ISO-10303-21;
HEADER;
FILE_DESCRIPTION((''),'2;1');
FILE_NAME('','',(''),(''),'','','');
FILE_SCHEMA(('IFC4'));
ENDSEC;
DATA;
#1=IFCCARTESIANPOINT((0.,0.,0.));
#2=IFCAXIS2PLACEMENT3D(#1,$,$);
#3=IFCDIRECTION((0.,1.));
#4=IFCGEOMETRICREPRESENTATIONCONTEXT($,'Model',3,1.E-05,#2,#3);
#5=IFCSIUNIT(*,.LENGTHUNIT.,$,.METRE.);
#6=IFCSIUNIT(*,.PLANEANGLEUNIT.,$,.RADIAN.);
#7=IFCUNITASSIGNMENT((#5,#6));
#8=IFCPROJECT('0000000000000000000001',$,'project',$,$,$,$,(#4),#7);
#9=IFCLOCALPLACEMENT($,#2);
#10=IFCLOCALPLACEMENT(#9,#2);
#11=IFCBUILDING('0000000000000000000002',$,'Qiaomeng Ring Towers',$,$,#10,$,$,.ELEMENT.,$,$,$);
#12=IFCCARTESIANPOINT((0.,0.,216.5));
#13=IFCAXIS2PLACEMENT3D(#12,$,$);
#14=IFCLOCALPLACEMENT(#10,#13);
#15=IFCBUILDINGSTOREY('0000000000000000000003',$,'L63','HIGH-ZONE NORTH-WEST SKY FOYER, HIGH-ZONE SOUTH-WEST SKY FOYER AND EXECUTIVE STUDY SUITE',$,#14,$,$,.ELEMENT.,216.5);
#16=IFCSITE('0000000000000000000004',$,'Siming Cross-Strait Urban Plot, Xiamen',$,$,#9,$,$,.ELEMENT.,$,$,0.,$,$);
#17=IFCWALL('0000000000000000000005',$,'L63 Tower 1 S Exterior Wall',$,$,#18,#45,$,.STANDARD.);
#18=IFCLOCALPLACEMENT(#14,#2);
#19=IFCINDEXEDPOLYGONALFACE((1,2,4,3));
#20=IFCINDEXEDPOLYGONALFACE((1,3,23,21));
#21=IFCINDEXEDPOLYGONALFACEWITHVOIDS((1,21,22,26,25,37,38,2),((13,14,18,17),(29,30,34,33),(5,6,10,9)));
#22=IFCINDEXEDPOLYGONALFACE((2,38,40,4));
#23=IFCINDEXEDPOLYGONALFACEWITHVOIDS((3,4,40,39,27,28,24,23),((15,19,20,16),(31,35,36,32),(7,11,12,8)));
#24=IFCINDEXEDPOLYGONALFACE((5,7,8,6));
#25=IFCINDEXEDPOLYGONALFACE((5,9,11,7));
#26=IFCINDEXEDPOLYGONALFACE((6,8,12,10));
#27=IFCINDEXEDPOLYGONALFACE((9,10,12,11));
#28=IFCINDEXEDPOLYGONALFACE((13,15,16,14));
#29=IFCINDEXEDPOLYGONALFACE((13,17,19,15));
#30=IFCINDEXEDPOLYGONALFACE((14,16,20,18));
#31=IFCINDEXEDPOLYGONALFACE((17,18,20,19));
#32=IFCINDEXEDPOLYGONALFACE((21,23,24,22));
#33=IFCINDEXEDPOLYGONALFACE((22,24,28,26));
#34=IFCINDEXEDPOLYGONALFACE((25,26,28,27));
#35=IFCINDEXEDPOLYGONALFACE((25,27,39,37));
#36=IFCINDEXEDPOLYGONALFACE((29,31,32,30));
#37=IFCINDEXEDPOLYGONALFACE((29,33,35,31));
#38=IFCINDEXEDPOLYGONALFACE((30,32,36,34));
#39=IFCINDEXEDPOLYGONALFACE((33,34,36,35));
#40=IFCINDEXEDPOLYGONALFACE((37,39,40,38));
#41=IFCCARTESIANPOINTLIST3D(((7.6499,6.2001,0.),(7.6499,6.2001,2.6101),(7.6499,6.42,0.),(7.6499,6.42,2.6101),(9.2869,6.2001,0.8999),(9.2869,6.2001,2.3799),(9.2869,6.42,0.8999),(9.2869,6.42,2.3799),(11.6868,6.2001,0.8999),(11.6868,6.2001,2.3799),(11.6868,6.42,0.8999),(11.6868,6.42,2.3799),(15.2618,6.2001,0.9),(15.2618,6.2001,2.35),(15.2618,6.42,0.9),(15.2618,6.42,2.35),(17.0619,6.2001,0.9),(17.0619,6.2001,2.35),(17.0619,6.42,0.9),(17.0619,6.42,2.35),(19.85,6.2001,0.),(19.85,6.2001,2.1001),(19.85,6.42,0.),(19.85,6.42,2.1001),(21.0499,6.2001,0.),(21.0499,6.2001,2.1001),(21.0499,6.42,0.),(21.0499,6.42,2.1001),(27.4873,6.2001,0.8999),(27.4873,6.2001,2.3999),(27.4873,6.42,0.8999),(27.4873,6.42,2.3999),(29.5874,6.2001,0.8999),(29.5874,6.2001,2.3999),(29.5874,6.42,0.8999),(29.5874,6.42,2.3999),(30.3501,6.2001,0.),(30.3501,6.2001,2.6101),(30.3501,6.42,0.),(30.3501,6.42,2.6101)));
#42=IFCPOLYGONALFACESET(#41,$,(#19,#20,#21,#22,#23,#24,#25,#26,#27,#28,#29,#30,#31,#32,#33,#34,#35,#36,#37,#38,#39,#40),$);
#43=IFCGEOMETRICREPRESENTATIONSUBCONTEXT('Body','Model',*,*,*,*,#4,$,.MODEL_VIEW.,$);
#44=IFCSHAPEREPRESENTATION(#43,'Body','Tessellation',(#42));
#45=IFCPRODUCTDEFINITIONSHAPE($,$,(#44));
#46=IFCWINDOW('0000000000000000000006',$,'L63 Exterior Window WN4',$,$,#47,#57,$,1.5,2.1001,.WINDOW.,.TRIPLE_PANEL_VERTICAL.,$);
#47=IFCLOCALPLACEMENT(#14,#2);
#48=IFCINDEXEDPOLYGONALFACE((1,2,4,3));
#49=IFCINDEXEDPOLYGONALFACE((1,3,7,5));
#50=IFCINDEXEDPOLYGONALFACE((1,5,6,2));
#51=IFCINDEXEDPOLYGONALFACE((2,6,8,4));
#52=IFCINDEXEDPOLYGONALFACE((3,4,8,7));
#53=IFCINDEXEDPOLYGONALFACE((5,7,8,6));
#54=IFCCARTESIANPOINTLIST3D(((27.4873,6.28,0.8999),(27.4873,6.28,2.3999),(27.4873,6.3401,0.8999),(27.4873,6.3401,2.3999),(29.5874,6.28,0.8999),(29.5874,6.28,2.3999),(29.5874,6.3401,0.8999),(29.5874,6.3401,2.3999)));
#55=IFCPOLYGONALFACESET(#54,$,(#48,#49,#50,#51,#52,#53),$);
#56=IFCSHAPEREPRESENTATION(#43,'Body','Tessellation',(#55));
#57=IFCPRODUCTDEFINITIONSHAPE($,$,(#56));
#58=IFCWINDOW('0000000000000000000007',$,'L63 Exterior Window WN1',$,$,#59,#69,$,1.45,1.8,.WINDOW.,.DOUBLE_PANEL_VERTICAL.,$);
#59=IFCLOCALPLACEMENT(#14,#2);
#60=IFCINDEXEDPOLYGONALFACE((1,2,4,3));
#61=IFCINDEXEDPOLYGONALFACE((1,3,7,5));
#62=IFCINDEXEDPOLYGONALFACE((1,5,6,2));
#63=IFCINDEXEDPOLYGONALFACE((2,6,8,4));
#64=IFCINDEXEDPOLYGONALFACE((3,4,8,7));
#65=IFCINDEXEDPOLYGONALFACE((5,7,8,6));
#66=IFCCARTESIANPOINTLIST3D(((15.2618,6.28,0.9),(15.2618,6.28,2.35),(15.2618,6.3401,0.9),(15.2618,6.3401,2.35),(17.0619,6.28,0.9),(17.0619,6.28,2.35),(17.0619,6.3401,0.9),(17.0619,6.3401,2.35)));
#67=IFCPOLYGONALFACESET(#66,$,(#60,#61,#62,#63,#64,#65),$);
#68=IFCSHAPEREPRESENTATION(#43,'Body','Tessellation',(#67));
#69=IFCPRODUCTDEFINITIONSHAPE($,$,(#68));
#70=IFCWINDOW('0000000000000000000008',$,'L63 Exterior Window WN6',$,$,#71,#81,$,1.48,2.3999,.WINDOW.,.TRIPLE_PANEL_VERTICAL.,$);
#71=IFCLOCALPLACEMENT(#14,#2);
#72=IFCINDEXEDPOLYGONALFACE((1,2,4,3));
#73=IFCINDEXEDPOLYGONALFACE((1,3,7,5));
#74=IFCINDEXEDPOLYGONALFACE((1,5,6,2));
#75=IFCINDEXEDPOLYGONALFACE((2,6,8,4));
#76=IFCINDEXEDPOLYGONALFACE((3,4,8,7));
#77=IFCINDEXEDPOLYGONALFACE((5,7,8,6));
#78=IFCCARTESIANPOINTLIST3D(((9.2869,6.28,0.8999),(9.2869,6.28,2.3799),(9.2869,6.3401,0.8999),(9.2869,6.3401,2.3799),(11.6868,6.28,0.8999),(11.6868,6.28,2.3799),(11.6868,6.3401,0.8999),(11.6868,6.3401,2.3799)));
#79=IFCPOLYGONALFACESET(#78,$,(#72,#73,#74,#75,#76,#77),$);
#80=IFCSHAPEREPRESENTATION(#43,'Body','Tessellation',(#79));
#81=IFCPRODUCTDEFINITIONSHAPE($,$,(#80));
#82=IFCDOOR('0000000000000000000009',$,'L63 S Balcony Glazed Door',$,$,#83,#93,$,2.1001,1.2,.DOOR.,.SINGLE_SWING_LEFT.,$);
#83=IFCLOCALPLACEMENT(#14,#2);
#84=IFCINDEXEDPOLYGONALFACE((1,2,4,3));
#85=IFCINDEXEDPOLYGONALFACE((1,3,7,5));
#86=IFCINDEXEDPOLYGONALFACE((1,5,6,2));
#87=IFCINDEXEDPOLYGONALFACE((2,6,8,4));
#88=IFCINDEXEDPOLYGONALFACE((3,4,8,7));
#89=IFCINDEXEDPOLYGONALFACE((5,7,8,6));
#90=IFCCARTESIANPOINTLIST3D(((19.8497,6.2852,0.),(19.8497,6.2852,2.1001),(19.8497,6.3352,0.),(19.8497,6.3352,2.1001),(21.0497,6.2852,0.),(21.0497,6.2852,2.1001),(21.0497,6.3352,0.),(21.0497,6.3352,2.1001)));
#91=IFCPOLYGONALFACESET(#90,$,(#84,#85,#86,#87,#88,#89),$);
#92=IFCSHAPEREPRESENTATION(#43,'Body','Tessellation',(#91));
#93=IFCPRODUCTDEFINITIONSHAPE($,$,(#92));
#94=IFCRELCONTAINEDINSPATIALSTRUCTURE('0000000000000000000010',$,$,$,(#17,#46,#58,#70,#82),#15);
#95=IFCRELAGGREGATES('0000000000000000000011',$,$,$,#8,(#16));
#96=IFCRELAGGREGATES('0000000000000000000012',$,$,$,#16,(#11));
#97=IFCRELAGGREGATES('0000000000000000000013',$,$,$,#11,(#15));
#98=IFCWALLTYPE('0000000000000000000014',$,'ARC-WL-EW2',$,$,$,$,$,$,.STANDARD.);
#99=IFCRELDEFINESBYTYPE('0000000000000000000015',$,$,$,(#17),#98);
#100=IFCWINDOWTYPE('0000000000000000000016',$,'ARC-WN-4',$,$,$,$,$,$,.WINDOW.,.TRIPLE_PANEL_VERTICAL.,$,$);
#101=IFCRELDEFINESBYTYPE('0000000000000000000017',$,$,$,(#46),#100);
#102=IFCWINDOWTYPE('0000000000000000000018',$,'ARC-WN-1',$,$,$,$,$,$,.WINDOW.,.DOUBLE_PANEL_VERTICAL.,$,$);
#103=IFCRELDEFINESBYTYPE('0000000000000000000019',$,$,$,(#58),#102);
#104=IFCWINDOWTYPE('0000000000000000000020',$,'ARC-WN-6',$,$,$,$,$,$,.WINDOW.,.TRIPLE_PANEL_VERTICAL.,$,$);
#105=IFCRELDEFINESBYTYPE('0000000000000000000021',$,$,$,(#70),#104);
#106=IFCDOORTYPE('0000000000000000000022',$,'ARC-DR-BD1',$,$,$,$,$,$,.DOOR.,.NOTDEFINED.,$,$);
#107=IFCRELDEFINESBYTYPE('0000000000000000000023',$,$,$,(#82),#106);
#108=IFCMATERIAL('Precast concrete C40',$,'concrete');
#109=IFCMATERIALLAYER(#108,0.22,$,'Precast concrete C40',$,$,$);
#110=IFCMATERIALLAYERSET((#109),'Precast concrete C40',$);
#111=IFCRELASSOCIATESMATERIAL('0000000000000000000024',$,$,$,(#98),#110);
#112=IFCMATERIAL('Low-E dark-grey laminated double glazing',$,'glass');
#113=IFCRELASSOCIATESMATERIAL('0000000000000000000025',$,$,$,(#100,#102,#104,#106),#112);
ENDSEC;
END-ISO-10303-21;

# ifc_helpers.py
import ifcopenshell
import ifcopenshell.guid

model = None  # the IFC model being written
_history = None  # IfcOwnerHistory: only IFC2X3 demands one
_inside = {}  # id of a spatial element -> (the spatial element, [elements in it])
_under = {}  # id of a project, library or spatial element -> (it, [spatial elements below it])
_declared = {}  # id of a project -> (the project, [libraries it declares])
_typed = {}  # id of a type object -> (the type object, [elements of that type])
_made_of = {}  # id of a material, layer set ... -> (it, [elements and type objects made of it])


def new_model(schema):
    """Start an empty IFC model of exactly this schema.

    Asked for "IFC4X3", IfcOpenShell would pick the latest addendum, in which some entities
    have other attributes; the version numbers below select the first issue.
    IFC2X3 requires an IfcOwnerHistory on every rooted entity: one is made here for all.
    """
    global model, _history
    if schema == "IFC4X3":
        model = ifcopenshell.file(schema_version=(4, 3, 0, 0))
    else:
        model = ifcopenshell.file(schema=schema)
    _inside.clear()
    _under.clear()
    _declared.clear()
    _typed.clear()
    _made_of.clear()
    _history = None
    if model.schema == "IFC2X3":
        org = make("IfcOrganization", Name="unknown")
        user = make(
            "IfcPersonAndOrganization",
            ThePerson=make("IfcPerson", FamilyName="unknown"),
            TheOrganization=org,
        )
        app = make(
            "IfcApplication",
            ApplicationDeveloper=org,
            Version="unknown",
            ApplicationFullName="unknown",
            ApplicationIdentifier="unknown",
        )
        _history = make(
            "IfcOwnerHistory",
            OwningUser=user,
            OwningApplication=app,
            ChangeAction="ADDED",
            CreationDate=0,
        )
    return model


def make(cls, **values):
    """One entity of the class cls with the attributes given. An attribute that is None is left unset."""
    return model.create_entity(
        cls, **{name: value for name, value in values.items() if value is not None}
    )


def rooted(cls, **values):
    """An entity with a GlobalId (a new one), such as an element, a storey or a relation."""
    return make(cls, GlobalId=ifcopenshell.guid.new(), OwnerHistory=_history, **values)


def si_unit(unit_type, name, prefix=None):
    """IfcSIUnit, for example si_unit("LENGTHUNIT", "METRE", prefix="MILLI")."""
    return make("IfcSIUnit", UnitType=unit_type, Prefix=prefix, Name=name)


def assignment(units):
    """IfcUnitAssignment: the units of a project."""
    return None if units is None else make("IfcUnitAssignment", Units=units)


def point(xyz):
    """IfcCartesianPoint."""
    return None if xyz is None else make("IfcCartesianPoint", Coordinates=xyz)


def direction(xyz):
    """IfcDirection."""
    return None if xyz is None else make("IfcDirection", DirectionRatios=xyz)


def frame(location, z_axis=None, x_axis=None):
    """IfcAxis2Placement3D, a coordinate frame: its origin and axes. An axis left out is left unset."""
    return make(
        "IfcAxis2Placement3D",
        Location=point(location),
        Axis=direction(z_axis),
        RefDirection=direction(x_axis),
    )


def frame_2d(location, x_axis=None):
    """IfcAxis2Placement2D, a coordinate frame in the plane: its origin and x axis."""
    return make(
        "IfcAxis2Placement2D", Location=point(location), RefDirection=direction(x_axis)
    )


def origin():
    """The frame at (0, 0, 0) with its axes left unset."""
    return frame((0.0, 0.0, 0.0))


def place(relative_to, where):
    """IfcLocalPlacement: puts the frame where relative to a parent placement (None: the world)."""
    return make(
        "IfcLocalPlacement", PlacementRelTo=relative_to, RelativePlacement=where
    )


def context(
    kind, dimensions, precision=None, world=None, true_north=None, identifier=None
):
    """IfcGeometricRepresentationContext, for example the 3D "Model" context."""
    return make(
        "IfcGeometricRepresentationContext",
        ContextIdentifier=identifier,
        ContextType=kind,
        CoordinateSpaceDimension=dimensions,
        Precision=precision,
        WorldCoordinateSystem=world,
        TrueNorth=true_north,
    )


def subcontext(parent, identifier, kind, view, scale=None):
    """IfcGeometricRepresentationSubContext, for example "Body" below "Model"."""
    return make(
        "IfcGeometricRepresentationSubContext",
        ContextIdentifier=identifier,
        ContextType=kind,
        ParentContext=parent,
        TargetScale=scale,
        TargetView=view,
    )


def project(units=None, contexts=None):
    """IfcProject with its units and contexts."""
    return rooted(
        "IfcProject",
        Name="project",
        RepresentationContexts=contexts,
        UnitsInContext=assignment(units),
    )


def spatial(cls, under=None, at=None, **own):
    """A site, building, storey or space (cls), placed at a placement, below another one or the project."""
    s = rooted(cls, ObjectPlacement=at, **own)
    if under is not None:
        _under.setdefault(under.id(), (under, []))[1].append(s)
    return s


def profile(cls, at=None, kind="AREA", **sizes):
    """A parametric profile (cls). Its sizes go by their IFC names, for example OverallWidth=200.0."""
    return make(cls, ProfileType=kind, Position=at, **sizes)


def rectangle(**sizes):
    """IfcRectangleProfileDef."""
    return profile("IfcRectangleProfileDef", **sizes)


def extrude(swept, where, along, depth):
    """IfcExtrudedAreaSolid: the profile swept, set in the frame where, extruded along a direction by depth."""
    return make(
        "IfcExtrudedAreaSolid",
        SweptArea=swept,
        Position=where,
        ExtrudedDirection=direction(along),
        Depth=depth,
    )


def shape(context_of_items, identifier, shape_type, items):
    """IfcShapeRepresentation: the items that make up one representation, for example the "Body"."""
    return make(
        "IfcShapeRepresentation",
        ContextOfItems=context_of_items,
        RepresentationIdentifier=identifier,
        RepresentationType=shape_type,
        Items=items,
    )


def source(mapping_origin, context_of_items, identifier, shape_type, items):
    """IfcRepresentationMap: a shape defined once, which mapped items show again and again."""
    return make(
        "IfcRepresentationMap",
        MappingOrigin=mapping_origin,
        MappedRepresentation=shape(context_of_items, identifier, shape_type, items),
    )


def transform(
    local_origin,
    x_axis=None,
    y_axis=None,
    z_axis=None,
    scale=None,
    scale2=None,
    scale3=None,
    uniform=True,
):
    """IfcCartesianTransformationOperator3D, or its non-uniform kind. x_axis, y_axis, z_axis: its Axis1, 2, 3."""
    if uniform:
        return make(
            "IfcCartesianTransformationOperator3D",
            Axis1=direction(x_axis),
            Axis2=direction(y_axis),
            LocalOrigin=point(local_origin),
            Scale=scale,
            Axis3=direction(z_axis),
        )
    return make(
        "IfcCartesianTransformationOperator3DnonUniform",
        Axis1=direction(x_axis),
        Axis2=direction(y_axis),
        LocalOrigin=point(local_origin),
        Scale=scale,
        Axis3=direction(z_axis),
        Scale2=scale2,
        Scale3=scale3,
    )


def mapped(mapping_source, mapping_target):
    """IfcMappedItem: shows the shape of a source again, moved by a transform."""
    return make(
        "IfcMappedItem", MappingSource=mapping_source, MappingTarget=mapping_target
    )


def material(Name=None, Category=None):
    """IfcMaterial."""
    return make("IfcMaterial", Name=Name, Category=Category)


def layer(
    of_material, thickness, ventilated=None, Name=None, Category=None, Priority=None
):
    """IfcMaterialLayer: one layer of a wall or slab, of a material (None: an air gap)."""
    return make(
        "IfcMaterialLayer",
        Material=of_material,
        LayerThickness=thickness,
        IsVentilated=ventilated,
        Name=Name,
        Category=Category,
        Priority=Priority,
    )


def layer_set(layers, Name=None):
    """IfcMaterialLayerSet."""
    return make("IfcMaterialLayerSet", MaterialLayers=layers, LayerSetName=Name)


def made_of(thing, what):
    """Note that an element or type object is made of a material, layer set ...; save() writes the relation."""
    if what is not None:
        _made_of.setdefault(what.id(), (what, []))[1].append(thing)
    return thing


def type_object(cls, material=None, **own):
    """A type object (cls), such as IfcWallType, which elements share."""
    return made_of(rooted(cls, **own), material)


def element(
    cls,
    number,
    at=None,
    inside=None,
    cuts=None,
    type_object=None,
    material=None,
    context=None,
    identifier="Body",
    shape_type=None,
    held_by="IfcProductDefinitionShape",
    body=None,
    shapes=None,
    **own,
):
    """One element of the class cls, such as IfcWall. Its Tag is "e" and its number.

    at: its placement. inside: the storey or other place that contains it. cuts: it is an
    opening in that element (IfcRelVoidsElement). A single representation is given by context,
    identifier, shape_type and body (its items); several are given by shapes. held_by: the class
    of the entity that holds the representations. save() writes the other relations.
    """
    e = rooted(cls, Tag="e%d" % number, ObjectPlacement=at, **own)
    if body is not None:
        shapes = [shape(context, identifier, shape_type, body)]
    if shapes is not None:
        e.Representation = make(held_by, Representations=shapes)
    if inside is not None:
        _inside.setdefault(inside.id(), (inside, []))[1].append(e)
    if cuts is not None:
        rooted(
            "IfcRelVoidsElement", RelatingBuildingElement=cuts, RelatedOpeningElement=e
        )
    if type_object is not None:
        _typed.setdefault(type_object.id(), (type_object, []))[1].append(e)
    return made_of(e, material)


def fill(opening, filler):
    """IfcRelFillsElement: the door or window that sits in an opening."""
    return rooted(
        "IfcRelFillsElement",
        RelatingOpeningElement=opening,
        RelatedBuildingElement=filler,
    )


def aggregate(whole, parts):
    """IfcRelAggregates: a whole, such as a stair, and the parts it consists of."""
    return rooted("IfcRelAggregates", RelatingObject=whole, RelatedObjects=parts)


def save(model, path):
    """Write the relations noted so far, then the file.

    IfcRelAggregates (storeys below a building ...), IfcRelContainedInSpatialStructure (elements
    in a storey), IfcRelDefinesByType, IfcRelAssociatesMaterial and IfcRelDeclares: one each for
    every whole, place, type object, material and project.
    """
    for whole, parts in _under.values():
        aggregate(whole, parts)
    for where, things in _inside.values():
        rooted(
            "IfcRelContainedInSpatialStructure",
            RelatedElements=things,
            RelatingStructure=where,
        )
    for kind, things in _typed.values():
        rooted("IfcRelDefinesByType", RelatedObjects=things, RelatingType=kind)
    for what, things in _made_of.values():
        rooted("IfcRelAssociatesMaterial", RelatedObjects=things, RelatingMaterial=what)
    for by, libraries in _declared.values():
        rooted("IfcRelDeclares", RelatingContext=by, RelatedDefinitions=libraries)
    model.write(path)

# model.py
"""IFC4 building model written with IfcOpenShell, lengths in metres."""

from ifc_helpers import new_model, si_unit, direction, frame, frame_2d, origin, place, context, subcontext, project, spatial, rectangle, extrude, source, transform, mapped, material, layer, layer_set, type_object, element, fill, save


model = new_model("IFC4")

# Units and contexts
model_context = context("Model", 3, precision=1e-05, world=origin(), true_north=direction((0.0, 1.0)))
body_context = subcontext(model_context, "Body", "Model", "MODEL_VIEW")
ifc_project = project(units=[si_unit("LENGTHUNIT", "METRE"), si_unit("PLANEANGLEUNIT", "RADIAN")], contexts=[model_context])

# Site, building, storey
site_placement = place(None, origin())
site = spatial("IfcSite", under=ifc_project, at=site_placement, Name="Siming Cross-Strait Urban Plot, Xiamen", CompositionType="ELEMENT", RefElevation=0.0)
building_placement = place(site_placement, origin())
building = spatial("IfcBuilding", under=site, at=building_placement, Name="Qiaomeng Ring Towers", CompositionType="ELEMENT")
storey_placement = place(building_placement, frame((0.0, 0.0, 216.5)))
storey = spatial("IfcBuildingStorey", under=building, at=storey_placement, Name="L63", Description="HIGH-ZONE NORTH-WEST SKY FOYER, HIGH-ZONE SOUTH-WEST SKY FOYER AND EXECUTIVE STUDY SUITE", CompositionType="ELEMENT", Elevation=216.5)

# Shared definitions
ifc_material_1 = material(Name="Low-E dark-grey laminated double glazing", Category="glass")

# Wall, openings, windows, door
ifc_material_2 = material(Name="Precast concrete C40", Category="concrete")
ifc_layer_1 = layer(ifc_material_2, 0.22, Name="Precast concrete C40")
ifc_layer_set_1 = layer_set([ifc_layer_1], Name="Precast concrete C40")
wall_type = type_object("IfcWallType", Name="ARC-WL-EW2", PredefinedType="STANDARD", material=ifc_layer_set_1)
wall_placement = place(storey_placement, frame((7.6499, 6.3101, 0.0), z_axis=(0.0, 0.0, 1.0), x_axis=(1.0, 0.0, 0.0)))
wall = element("IfcWall", 1, at=wall_placement, inside=storey, type_object=wall_type, Name="L63 Tower 1 S Exterior Wall", PredefinedType="STANDARD", context=body_context, shape_type="SweptSolid", body=[
    extrude(rectangle(XDim=22.7002, YDim=0.22, at=frame_2d((11.3501, 0.0))), origin(), (0.0, 0.0, 1.0), 2.6101),
])
opening_1_placement = place(wall_placement, frame((12.2, 0.0, 0.0)))
opening_1 = element("IfcOpeningElement", 2, at=opening_1_placement, cuts=wall, PredefinedType="OPENING", context=body_context, shape_type="SweptSolid", body=[
    extrude(rectangle(XDim=1.2, YDim=2.1001, at=frame_2d((0.6001, 1.05))), frame((0.0, 0.1199, 0.0), z_axis=(0.0, -1.0, 0.0), x_axis=(1.0, 0.0, 0.0)), (0.0, 0.0, 1.0), 0.24),
])
opening_2_placement = place(wall_placement, frame((1.637, 0.0, 0.8999)))
opening_2 = element("IfcOpeningElement", 3, at=opening_2_placement, cuts=wall, PredefinedType="OPENING", context=body_context, shape_type="SweptSolid", body=[
    extrude(rectangle(XDim=2.3999, YDim=1.48, at=frame_2d((1.2, 0.74))), frame((0.0, 0.1199, 0.0), z_axis=(0.0, -1.0, 0.0), x_axis=(1.0, 0.0, 0.0)), (0.0, 0.0, 1.0), 0.24),
])
opening_3_placement = place(wall_placement, frame((7.6121, 0.0, 0.8999)))
opening_3 = element("IfcOpeningElement", 4, at=opening_3_placement, cuts=wall, PredefinedType="OPENING", context=body_context, shape_type="SweptSolid", body=[
    extrude(rectangle(XDim=1.8, YDim=1.45, at=frame_2d((0.8999, 0.7251))), frame((0.0, 0.1199, 0.0), z_axis=(0.0, -1.0, 0.0), x_axis=(1.0, 0.0, 0.0)), (0.0, 0.0, 1.0), 0.24),
])
opening_4_placement = place(wall_placement, frame((19.8374, 0.0, 0.8999)))
opening_4 = element("IfcOpeningElement", 5, at=opening_4_placement, cuts=wall, PredefinedType="OPENING", context=body_context, shape_type="SweptSolid", body=[
    extrude(rectangle(XDim=2.1001, YDim=1.5, at=frame_2d((1.05, 0.75))), frame((0.0, 0.1199, 0.0), z_axis=(0.0, -1.0, 0.0), x_axis=(1.0, 0.0, 0.0)), (0.0, 0.0, 1.0), 0.24),
])
window_type_1 = type_object("IfcWindowType", Name="ARC-WN-4", PartitioningType="TRIPLE_PANEL_VERTICAL", PredefinedType="WINDOW", material=ifc_material_1)
shared_shape_1 = source(origin(), body_context, "Body", "SweptSolid", [
    extrude(rectangle(XDim=2.1001, YDim=1.5, at=frame_2d((1.05, 0.75))), frame((0.0, 0.03, 0.0), z_axis=(0.0, -1.0, 0.0), x_axis=(1.0, 0.0, 0.0)), (0.0, 0.0, 1.0), 0.0601),
])
window_1_placement = place(opening_4_placement, origin())
window_1 = element("IfcWindow", 6, at=window_1_placement, inside=storey, type_object=window_type_1, Name="L63 Exterior Window WN4", OverallHeight=1.5, OverallWidth=2.1001, PartitioningType="TRIPLE_PANEL_VERTICAL", PredefinedType="WINDOW", context=body_context, shape_type="MappedRepresentation", body=[
    mapped(shared_shape_1, transform((0.0, 0.0, 0.0), x_axis=(1.0, 0.0, 0.0), y_axis=(0.0, 1.0, 0.0), z_axis=(0.0, 0.0, 1.0), scale=1.0)),
])
fill(opening_4, window_1)
window_type_2 = type_object("IfcWindowType", Name="ARC-WN-1", PartitioningType="DOUBLE_PANEL_VERTICAL", PredefinedType="WINDOW", material=ifc_material_1)
shared_shape_2 = source(origin(), body_context, "Body", "SweptSolid", [
    extrude(rectangle(XDim=1.8, YDim=1.45, at=frame_2d((0.8999, 0.7251))), frame((0.0, 0.03, 0.0), z_axis=(0.0, -1.0, 0.0), x_axis=(1.0, 0.0, 0.0)), (0.0, 0.0, 1.0), 0.0601),
])
window_2_placement = place(opening_3_placement, origin())
window_2 = element("IfcWindow", 7, at=window_2_placement, inside=storey, type_object=window_type_2, Name="L63 Exterior Window WN1", OverallHeight=1.45, OverallWidth=1.8, PartitioningType="DOUBLE_PANEL_VERTICAL", PredefinedType="WINDOW", context=body_context, shape_type="MappedRepresentation", body=[
    mapped(shared_shape_2, transform((0.0, 0.0, 0.0), x_axis=(1.0, 0.0, 0.0), y_axis=(0.0, 1.0, 0.0), z_axis=(0.0, 0.0, 1.0), scale=1.0)),
])
fill(opening_3, window_2)
window_type_3 = type_object("IfcWindowType", Name="ARC-WN-6", PartitioningType="TRIPLE_PANEL_VERTICAL", PredefinedType="WINDOW", material=ifc_material_1)
shared_shape_3 = source(origin(), body_context, "Body", "SweptSolid", [
    extrude(rectangle(XDim=2.3999, YDim=1.48, at=frame_2d((1.2, 0.74))), frame((0.0, 0.03, 0.0), z_axis=(0.0, -1.0, 0.0), x_axis=(1.0, 0.0, 0.0)), (0.0, 0.0, 1.0), 0.0601),
])
window_3_placement = place(opening_2_placement, origin())
window_3 = element("IfcWindow", 8, at=window_3_placement, inside=storey, type_object=window_type_3, Name="L63 Exterior Window WN6", OverallHeight=1.48, OverallWidth=2.3999, PartitioningType="TRIPLE_PANEL_VERTICAL", PredefinedType="WINDOW", context=body_context, shape_type="MappedRepresentation", body=[
    mapped(shared_shape_3, transform((0.0, 0.0, 0.0), x_axis=(1.0, 0.0, 0.0), y_axis=(0.0, 1.0, 0.0), z_axis=(0.0, 0.0, 1.0), scale=1.0)),
])
fill(opening_2, window_3)
door_type = type_object("IfcDoorType", Name="ARC-DR-BD1", OperationType="NOTDEFINED", PredefinedType="DOOR", material=ifc_material_1)
shared_shape_4 = source(origin(), body_context, "Body", "SweptSolid", [
    extrude(rectangle(XDim=1.2, YDim=2.1001, at=frame_2d((0.6001, 1.05))), frame((0.0, 0.0249, 0.0), z_axis=(0.0, -1.0, 0.0), x_axis=(1.0, 0.0, 0.0)), (0.0, 0.0, 1.0), 0.05),
])
door_placement = place(opening_1_placement, frame((1.2, 0.0, 0.0), z_axis=(0.0, 0.0, 1.0), x_axis=(-1.0, 0.0, 0.0)))
door = element("IfcDoor", 9, at=door_placement, inside=storey, type_object=door_type, Name="L63 S Balcony Glazed Door", OperationType="SINGLE_SWING_LEFT", OverallHeight=2.1001, OverallWidth=1.2, PredefinedType="DOOR", context=body_context, shape_type="MappedRepresentation", body=[
    mapped(shared_shape_4, transform((0.0, 0.0, 0.0), x_axis=(1.0, 0.0, 0.0), y_axis=(0.0, 1.0, 0.0), z_axis=(0.0, 0.0, 1.0), scale=1.0)),
])
fill(opening_1, door)

save(model, "model.ifc")
